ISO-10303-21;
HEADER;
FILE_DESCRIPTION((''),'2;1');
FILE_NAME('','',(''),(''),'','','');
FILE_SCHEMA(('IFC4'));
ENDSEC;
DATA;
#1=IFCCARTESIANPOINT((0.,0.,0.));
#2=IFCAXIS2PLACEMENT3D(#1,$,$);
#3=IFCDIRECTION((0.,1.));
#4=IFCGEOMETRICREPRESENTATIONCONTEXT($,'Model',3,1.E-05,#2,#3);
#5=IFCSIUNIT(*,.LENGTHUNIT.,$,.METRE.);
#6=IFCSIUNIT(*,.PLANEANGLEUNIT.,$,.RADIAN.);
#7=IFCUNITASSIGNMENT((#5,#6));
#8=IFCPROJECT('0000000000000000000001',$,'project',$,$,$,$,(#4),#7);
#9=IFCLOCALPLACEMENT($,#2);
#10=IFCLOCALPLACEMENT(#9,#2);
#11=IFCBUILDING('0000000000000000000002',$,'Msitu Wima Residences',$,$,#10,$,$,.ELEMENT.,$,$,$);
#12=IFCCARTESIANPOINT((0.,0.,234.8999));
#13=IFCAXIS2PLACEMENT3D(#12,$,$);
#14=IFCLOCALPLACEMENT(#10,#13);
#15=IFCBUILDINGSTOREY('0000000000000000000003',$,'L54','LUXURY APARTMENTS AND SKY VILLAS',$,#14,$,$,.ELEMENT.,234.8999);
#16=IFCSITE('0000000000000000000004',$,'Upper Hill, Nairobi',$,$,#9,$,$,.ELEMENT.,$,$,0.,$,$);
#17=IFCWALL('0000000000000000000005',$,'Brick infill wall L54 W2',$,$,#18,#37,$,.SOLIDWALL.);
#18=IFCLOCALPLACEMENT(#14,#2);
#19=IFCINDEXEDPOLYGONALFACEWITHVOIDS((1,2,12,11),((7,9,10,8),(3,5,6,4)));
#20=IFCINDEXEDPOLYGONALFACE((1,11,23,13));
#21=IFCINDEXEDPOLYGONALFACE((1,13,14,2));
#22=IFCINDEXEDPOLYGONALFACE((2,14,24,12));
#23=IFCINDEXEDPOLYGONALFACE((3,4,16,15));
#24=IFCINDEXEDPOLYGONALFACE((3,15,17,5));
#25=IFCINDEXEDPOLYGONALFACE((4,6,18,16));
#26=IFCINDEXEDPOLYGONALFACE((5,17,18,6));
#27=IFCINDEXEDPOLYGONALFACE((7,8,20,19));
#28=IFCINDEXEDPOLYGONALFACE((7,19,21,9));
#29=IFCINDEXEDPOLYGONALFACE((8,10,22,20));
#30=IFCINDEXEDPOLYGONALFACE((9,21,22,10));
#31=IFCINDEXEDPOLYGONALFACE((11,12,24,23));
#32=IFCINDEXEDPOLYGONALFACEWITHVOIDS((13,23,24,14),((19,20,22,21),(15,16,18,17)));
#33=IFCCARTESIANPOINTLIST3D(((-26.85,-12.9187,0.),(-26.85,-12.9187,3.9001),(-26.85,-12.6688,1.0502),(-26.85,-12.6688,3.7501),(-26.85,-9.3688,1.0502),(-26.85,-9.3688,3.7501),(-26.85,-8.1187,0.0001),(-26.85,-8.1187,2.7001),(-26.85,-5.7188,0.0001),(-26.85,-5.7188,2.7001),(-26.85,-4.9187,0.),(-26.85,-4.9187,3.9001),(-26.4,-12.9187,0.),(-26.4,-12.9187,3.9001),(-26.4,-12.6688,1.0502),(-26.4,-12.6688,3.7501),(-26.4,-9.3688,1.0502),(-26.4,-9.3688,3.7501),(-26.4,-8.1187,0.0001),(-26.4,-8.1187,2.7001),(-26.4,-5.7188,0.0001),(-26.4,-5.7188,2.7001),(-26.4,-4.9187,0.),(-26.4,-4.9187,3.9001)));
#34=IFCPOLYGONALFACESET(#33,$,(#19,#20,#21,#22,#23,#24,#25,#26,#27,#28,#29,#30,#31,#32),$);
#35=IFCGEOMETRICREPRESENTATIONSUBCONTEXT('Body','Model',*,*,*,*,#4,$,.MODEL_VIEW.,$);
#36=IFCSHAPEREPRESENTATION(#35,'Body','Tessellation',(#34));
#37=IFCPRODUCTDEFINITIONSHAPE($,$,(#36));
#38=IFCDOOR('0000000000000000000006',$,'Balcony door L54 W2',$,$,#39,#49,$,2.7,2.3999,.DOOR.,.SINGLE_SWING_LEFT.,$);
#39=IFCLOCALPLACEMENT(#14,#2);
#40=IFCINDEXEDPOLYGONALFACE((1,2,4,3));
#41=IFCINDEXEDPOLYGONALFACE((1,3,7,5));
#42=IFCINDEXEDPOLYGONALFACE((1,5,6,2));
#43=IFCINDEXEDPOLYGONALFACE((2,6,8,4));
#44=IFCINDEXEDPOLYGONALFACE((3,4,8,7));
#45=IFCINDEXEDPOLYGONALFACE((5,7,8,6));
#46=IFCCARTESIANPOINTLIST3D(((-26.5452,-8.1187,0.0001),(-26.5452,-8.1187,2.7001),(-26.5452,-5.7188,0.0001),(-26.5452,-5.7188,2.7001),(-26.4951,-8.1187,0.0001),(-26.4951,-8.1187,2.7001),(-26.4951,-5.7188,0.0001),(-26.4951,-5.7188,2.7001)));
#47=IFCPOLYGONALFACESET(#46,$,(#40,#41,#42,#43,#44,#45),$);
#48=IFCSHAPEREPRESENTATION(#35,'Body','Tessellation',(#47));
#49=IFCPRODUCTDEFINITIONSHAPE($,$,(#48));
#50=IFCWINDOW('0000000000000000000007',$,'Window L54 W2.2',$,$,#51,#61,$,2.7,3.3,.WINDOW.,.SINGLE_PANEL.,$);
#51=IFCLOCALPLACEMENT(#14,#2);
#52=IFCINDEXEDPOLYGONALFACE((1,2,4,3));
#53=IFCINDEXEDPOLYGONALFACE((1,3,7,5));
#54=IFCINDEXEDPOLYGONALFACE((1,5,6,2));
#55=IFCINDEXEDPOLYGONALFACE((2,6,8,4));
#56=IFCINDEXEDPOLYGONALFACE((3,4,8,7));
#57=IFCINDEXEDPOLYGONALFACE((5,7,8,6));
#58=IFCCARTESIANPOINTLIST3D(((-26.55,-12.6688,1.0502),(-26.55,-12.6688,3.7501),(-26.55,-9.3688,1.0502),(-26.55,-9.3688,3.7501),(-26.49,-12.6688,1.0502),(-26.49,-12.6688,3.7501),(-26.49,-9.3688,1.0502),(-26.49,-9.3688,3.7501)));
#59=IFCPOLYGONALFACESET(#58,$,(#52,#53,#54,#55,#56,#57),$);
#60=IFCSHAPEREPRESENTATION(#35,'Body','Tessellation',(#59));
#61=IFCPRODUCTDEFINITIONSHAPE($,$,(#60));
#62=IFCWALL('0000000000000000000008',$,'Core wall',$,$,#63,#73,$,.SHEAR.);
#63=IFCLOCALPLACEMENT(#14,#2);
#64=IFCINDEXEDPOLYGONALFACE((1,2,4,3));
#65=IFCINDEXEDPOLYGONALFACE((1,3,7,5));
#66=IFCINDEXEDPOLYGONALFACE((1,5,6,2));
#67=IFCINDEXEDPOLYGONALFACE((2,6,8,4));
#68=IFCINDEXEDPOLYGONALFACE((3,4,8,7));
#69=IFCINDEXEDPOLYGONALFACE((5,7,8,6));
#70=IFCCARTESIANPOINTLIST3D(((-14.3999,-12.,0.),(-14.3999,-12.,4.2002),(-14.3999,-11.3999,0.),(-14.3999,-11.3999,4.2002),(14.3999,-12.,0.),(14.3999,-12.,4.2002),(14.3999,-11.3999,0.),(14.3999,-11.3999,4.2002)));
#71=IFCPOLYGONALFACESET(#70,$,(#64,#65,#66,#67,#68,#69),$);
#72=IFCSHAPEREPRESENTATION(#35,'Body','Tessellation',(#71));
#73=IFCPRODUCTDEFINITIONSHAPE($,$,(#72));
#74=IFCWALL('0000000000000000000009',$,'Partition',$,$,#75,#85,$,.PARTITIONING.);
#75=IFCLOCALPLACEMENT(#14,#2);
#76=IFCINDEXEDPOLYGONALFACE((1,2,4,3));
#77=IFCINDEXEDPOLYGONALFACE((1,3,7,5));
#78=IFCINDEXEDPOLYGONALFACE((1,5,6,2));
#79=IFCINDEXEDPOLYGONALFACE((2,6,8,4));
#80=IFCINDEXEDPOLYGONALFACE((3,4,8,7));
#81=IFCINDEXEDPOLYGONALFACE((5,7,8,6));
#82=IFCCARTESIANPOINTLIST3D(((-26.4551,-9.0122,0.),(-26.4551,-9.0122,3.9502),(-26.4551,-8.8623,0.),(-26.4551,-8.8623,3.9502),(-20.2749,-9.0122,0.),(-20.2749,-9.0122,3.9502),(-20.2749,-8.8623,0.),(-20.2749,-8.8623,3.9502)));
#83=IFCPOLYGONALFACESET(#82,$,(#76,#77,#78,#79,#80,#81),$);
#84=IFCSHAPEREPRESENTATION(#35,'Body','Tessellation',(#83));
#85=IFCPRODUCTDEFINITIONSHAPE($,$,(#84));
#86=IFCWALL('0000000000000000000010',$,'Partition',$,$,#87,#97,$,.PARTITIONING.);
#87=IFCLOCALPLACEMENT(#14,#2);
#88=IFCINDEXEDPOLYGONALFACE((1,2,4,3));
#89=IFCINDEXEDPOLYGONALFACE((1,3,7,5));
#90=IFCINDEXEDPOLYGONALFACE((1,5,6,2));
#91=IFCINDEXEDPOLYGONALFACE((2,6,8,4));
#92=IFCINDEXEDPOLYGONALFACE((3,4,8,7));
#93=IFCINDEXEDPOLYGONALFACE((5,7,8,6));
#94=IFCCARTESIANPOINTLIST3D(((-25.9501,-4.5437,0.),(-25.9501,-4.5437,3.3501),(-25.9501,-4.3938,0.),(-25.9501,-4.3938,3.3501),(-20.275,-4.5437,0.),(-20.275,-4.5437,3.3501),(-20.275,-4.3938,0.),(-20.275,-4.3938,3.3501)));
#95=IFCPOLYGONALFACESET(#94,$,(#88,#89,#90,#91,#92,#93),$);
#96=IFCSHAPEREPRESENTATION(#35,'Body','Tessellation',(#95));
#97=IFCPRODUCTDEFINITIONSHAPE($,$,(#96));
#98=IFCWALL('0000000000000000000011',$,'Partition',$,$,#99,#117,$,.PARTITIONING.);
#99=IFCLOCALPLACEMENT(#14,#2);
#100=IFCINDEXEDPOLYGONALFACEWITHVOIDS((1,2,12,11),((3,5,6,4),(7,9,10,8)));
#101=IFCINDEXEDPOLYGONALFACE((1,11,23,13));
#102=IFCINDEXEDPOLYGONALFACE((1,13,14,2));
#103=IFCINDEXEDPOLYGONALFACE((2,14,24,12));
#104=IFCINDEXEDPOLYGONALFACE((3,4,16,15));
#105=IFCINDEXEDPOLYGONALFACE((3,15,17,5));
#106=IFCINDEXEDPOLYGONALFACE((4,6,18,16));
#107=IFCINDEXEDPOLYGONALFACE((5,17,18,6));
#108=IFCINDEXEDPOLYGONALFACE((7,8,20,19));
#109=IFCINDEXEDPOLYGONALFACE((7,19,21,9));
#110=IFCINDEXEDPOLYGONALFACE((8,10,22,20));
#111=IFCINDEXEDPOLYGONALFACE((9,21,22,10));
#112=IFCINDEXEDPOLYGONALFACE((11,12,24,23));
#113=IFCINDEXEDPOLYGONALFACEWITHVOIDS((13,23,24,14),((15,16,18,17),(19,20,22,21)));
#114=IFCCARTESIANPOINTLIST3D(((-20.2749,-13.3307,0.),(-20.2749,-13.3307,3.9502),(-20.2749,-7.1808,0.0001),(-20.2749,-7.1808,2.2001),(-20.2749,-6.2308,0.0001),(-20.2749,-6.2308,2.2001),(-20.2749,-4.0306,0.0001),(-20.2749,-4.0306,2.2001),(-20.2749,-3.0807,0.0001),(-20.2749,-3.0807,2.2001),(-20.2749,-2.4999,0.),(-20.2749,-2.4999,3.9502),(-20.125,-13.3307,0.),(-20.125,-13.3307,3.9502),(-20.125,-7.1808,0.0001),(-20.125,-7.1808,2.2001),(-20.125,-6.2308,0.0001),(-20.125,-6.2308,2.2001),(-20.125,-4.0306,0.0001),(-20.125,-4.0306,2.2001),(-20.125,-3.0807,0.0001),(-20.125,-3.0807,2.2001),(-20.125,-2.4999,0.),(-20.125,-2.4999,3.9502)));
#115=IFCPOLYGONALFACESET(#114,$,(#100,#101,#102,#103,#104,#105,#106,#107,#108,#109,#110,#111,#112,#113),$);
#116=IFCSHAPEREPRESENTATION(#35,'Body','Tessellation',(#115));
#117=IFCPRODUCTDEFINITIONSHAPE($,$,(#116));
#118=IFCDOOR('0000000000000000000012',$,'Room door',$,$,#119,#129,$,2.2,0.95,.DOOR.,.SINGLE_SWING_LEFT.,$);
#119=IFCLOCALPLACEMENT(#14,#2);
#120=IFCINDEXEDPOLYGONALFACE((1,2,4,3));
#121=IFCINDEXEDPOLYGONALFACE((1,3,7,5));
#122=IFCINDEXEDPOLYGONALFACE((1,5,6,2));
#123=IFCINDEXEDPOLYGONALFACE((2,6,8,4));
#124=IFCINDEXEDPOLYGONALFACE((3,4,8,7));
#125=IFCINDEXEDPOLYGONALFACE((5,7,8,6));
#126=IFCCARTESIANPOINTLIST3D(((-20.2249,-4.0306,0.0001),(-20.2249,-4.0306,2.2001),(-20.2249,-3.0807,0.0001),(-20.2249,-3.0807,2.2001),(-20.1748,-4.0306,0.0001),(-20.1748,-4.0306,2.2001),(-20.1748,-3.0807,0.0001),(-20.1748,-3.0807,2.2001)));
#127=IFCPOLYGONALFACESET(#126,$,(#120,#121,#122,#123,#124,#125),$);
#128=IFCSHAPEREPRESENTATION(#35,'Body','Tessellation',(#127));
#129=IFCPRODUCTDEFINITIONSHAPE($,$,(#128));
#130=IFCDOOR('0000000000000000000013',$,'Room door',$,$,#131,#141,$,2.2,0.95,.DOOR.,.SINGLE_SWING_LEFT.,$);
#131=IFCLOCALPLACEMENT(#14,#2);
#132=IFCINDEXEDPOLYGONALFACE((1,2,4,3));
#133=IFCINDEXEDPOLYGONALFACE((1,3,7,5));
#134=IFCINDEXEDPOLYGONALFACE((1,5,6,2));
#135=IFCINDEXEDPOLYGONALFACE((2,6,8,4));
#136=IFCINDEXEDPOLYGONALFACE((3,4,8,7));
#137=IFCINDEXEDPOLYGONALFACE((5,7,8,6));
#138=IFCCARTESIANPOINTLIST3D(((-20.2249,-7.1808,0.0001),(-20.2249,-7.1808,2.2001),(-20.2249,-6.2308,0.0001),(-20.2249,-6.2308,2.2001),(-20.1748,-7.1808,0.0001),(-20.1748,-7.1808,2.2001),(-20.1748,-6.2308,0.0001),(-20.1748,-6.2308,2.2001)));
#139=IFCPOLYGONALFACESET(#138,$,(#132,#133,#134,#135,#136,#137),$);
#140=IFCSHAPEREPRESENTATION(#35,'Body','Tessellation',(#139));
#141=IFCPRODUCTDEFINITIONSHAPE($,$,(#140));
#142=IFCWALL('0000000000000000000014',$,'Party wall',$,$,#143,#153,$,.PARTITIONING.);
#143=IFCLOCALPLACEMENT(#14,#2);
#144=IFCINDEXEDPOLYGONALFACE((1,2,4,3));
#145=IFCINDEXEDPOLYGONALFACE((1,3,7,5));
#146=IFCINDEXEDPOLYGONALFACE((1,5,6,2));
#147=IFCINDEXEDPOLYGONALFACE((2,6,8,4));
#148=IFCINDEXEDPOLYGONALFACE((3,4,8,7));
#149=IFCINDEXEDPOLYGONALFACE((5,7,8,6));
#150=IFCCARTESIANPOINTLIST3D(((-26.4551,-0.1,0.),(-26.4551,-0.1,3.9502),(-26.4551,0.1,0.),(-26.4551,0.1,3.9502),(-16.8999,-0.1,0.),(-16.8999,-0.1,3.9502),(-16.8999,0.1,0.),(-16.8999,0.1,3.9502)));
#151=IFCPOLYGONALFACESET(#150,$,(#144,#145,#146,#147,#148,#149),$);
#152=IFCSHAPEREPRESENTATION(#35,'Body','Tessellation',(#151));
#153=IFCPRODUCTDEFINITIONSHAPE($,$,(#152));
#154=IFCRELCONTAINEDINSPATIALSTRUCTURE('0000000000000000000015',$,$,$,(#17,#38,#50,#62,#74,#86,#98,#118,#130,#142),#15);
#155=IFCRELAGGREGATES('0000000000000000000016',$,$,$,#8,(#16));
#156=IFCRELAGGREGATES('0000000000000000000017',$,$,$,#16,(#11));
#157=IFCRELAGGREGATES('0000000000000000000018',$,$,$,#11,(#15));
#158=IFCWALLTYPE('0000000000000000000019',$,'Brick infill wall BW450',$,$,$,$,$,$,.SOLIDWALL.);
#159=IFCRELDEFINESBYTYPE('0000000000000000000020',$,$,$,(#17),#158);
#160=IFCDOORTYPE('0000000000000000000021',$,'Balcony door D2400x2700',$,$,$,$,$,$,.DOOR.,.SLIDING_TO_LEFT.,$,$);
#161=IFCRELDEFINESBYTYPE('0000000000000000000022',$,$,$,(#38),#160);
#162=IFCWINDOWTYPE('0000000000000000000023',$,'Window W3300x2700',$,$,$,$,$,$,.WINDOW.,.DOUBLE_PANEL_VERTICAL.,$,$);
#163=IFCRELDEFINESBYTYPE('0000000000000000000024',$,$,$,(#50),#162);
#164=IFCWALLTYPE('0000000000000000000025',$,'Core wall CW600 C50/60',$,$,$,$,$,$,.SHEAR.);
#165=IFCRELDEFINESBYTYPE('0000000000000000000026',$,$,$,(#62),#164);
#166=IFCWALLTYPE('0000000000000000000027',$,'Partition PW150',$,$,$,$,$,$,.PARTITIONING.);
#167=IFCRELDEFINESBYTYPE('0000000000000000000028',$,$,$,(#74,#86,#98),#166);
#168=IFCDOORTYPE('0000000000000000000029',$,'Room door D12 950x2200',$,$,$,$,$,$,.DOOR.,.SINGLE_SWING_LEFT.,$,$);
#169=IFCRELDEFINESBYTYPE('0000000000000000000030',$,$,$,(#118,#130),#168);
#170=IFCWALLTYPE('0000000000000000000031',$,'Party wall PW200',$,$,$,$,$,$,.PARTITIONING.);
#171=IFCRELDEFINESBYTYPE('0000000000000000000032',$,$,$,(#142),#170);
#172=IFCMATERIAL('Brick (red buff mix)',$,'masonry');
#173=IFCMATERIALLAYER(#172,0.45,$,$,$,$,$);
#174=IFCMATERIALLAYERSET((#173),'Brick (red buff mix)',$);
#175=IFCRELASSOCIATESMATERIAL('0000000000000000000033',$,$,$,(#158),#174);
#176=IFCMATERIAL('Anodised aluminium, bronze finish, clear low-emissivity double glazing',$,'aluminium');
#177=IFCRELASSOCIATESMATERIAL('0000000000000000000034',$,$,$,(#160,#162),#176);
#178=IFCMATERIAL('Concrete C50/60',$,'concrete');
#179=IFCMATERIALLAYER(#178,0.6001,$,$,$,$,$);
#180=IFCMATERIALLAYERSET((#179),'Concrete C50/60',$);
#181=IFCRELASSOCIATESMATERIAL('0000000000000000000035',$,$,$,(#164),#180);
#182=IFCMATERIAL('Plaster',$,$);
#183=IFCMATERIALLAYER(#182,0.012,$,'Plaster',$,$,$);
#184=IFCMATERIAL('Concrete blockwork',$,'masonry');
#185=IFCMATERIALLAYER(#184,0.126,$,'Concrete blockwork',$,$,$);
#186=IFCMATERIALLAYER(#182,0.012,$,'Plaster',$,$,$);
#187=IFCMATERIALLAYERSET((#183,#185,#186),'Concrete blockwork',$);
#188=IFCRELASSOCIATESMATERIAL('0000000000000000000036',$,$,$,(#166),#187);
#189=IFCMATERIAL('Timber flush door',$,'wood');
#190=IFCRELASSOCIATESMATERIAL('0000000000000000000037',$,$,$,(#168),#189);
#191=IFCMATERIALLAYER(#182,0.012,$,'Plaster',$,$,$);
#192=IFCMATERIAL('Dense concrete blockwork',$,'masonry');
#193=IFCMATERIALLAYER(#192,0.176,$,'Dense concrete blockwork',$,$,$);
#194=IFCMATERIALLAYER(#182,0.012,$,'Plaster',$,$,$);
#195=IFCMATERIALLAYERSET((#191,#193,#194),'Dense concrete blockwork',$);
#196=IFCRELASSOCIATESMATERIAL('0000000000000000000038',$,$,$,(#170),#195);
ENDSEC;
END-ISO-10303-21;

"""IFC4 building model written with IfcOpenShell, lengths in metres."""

from ifc_helpers import new_model, si_unit, direction, frame, frame_2d, origin, place, context, subcontext, project, spatial, rectangle, extrude, material, layer, layer_set, type_object, element, fill, save


model = new_model("IFC4")

# Units and contexts
model_context = context("Model", 3, precision=1e-05, world=origin(), true_north=direction((0.0, 1.0)))
body_context = subcontext(model_context, "Body", "Model", "MODEL_VIEW")
ifc_project = project(units=[si_unit("LENGTHUNIT", "METRE"), si_unit("PLANEANGLEUNIT", "RADIAN")], contexts=[model_context])

# Site, building, storey
site_placement = place(None, origin())
site = spatial("IfcSite", under=ifc_project, at=site_placement, Name="Upper Hill, Nairobi", CompositionType="ELEMENT", RefElevation=0.0)
building_placement = place(site_placement, origin())
building = spatial("IfcBuilding", under=site, at=building_placement, Name="Msitu Wima Residences", CompositionType="ELEMENT")
storey_placement = place(building_placement, frame((0.0, 0.0, 234.8999)))
storey = spatial("IfcBuildingStorey", under=building, at=storey_placement, Name="L54", Description="LUXURY APARTMENTS AND SKY VILLAS", CompositionType="ELEMENT", Elevation=234.8999)

# Shared definitions
ifc_material_1 = material(Name="Concrete C50/60", Category="concrete")

# Wall, openings, door, window
ifc_material_2 = material(Name="Brick (red buff mix)", Category="masonry")
ifc_layer_1 = layer(ifc_material_2, 0.45)
ifc_layer_set_1 = layer_set([ifc_layer_1], Name="Brick (red buff mix)")
wall_type_1 = type_object("IfcWallType", Name="Brick infill wall BW450", PredefinedType="SOLIDWALL", material=ifc_layer_set_1)
wall_1_placement = place(storey_placement, frame((-26.625, -4.9187, 0.0), z_axis=(0.0, 0.0, 1.0), x_axis=(0.0, -1.0, 0.0)))
wall_1 = element("IfcWall", 1, at=wall_1_placement, inside=storey, type_object=wall_type_1, Name="Brick infill wall L54 W2", PredefinedType="SOLIDWALL", context=body_context, shape_type="SweptSolid", body=[
    extrude(rectangle(XDim=8.0, YDim=0.45, at=frame_2d((4.0, 0.0))), origin(), (0.0, 0.0, 1.0), 3.9001),
])
opening_1_placement = place(wall_1_placement, frame((0.8, 0.0, 0.0)))
opening_1 = element("IfcOpeningElement", 2, at=opening_1_placement, cuts=wall_1, PredefinedType="OPENING", context=body_context, shape_type="SweptSolid", body=[
    extrude(rectangle(XDim=2.3999, YDim=2.7, at=frame_2d((1.2, 1.3501))), frame((0.0, 0.2349, 0.0), z_axis=(0.0, -1.0, 0.0), x_axis=(1.0, 0.0, 0.0)), (0.0, 0.0, 1.0), 0.47),
])
opening_2_placement = place(wall_1_placement, frame((4.4502, 0.0, 1.05)))
opening_2 = element("IfcOpeningElement", 3, at=opening_2_placement, cuts=wall_1, PredefinedType="OPENING", context=body_context, shape_type="SweptSolid", body=[
    extrude(rectangle(XDim=3.3, YDim=2.7, at=frame_2d((1.6499, 1.3501))), frame((0.0, 0.2349, 0.0), z_axis=(0.0, -1.0, 0.0), x_axis=(1.0, 0.0, 0.0)), (0.0, 0.0, 1.0), 0.47),
])
ifc_material_3 = material(Name="Anodised aluminium, bronze finish, clear low-emissivity double glazing", Category="aluminium")
door_type_1 = type_object("IfcDoorType", Name="Balcony door D2400x2700", OperationType="SLIDING_TO_LEFT", PredefinedType="DOOR", material=ifc_material_3)
door_1_placement = place(opening_1_placement, origin())
door_1 = element("IfcDoor", 4, at=door_1_placement, inside=storey, type_object=door_type_1, Name="Balcony door L54 W2", OperationType="SINGLE_SWING_LEFT", OverallHeight=2.7, OverallWidth=2.3999, PredefinedType="DOOR", context=body_context, shape_type="SweptSolid", body=[
    extrude(rectangle(XDim=2.3999, YDim=2.7, at=frame_2d((1.2, 1.3501))), frame((0.0, 0.1299, 0.0), z_axis=(0.0, -1.0, 0.0), x_axis=(1.0, 0.0, 0.0)), (0.0, 0.0, 1.0), 0.05),
])
fill(opening_1, door_1)
window_type = type_object("IfcWindowType", Name="Window W3300x2700", PartitioningType="DOUBLE_PANEL_VERTICAL", PredefinedType="WINDOW", material=ifc_material_3)
window_placement = place(opening_2_placement, origin())
window = element("IfcWindow", 5, at=window_placement, inside=storey, type_object=window_type, Name="Window L54 W2.2", OverallHeight=2.7, OverallWidth=3.3, PartitioningType="SINGLE_PANEL", PredefinedType="WINDOW", context=body_context, shape_type="SweptSolid", body=[
    extrude(rectangle(XDim=3.3, YDim=2.7, at=frame_2d((1.6499, 1.3501))), frame((0.0, 0.135, 0.0), z_axis=(0.0, -1.0, 0.0), x_axis=(1.0, 0.0, 0.0)), (0.0, 0.0, 1.0), 0.0601),
])
fill(opening_2, window)

# Wall
ifc_layer_2 = layer(ifc_material_1, 0.6001)
ifc_layer_set_2 = layer_set([ifc_layer_2], Name="Concrete C50/60")
wall_type_2 = type_object("IfcWallType", Name="Core wall CW600 C50/60", PredefinedType="SHEAR", material=ifc_layer_set_2)
wall_2_placement = place(storey_placement, frame((-14.3999, -11.7, 0.0), z_axis=(0.0, 0.0, 1.0), x_axis=(1.0, 0.0, 0.0)))
element("IfcWall", 6, at=wall_2_placement, inside=storey, type_object=wall_type_2, Name="Core wall", PredefinedType="SHEAR", context=body_context, shape_type="SweptSolid", body=[
    extrude(rectangle(XDim=28.7998, YDim=0.6001, at=frame_2d((14.3999, 0.0))), origin(), (0.0, 0.0, 1.0), 4.2002),
])

# Walls
ifc_material_4 = material(Name="Plaster")
ifc_layer_3 = layer(ifc_material_4, 0.012, Name="Plaster")
ifc_material_5 = material(Name="Concrete blockwork", Category="masonry")
ifc_layer_4 = layer(ifc_material_5, 0.126, Name="Concrete blockwork")
ifc_layer_5 = layer(ifc_material_4, 0.012, Name="Plaster")
ifc_layer_set_3 = layer_set([ifc_layer_3, ifc_layer_4, ifc_layer_5], Name="Concrete blockwork")
wall_type_3 = type_object("IfcWallType", Name="Partition PW150", PredefinedType="PARTITIONING", material=ifc_layer_set_3)
wall_3_placement = place(storey_placement, frame((-26.4551, -8.9373, 0.0), z_axis=(0.0, 0.0, 1.0), x_axis=(1.0, 0.0, 0.0)))
element("IfcWall", 7, at=wall_3_placement, inside=storey, type_object=wall_type_3, Name="Partition", PredefinedType="PARTITIONING", context=body_context, shape_type="SweptSolid", body=[
    extrude(rectangle(XDim=6.1802, YDim=0.1499, at=frame_2d((3.0901, 0.0))), origin(), (0.0, 0.0, 1.0), 3.9502),
])
wall_4_placement = place(storey_placement, frame((-25.95, -4.4688, 0.0), z_axis=(0.0, 0.0, 1.0), x_axis=(1.0, 0.0, 0.0)))
element("IfcWall", 8, at=wall_4_placement, inside=storey, type_object=wall_type_3, Name="Partition", PredefinedType="PARTITIONING", context=body_context, shape_type="SweptSolid", body=[
    extrude(rectangle(XDim=5.675, YDim=0.1499, at=frame_2d((2.8374, 0.0))), origin(), (0.0, 0.0, 1.0), 3.3501),
])

# Wall, openings, doors
wall_5_placement = place(storey_placement, frame((-20.2, -13.3308, 0.0), z_axis=(0.0, 0.0, 1.0), x_axis=(0.0, 1.0, 0.0)))
wall_5 = element("IfcWall", 9, at=wall_5_placement, inside=storey, type_object=wall_type_3, Name="Partition", PredefinedType="PARTITIONING", context=body_context, shape_type="SweptSolid", body=[
    extrude(rectangle(XDim=10.8308, YDim=0.1499, at=frame_2d((5.4155, 0.0))), origin(), (0.0, 0.0, 1.0), 3.9502),
])
opening_3_placement = place(wall_5_placement, frame((9.3, 0.0, 0.0)))
opening_3 = element("IfcOpeningElement", 10, at=opening_3_placement, cuts=wall_5, PredefinedType="OPENING", context=body_context, shape_type="SweptSolid", body=[
    extrude(rectangle(XDim=0.95, YDim=2.2, at=frame_2d((0.4751, 1.1001))), frame((0.0, 0.085, 0.0), z_axis=(0.0, -1.0, 0.0), x_axis=(1.0, 0.0, 0.0)), (0.0, 0.0, 1.0), 0.1699),
])
opening_4_placement = place(wall_5_placement, frame((6.1499, 0.0, 0.0)))
opening_4 = element("IfcOpeningElement", 11, at=opening_4_placement, cuts=wall_5, PredefinedType="OPENING", context=body_context, shape_type="SweptSolid", body=[
    extrude(rectangle(XDim=0.95, YDim=2.2, at=frame_2d((0.4751, 1.1001))), frame((0.0, 0.085, 0.0), z_axis=(0.0, -1.0, 0.0), x_axis=(1.0, 0.0, 0.0)), (0.0, 0.0, 1.0), 0.1699),
])
ifc_material_6 = material(Name="Timber flush door", Category="wood")
door_type_2 = type_object("IfcDoorType", Name="Room door D12 950x2200", OperationType="SINGLE_SWING_LEFT", PredefinedType="DOOR", material=ifc_material_6)
door_2_placement = place(opening_3_placement, origin())
door_2 = element("IfcDoor", 12, at=door_2_placement, inside=storey, type_object=door_type_2, Name="Room door", OperationType="SINGLE_SWING_LEFT", OverallHeight=2.2, OverallWidth=0.95, PredefinedType="DOOR", context=body_context, shape_type="SweptSolid", body=[
    extrude(rectangle(XDim=0.95, YDim=2.2, at=frame_2d((0.4751, 1.1001))), frame((0.0, 0.0249, 0.0), z_axis=(0.0, -1.0, 0.0), x_axis=(1.0, 0.0, 0.0)), (0.0, 0.0, 1.0), 0.05),
])
fill(opening_3, door_2)
door_3_placement = place(opening_4_placement, origin())
door_3 = element("IfcDoor", 13, at=door_3_placement, inside=storey, type_object=door_type_2, Name="Room door", OperationType="SINGLE_SWING_LEFT", OverallHeight=2.2, OverallWidth=0.95, PredefinedType="DOOR", context=body_context, shape_type="SweptSolid", body=[
    extrude(rectangle(XDim=0.95, YDim=2.2, at=frame_2d((0.4751, 1.1001))), frame((0.0, 0.0249, 0.0), z_axis=(0.0, -1.0, 0.0), x_axis=(1.0, 0.0, 0.0)), (0.0, 0.0, 1.0), 0.05),
])
fill(opening_4, door_3)

# Wall
ifc_layer_6 = layer(ifc_material_4, 0.012, Name="Plaster")
ifc_material_7 = material(Name="Dense concrete blockwork", Category="masonry")
ifc_layer_7 = layer(ifc_material_7, 0.176, Name="Dense concrete blockwork")
ifc_layer_8 = layer(ifc_material_4, 0.012, Name="Plaster")
ifc_layer_set_4 = layer_set([ifc_layer_6, ifc_layer_7, ifc_layer_8], Name="Dense concrete blockwork")
wall_type_4 = type_object("IfcWallType", Name="Party wall PW200", PredefinedType="PARTITIONING", material=ifc_layer_set_4)
wall_6_placement = place(storey_placement, frame((-26.4551, 0.0, 0.0), z_axis=(0.0, 0.0, 1.0), x_axis=(1.0, 0.0, 0.0)))
element("IfcWall", 14, at=wall_6_placement, inside=storey, type_object=wall_type_4, Name="Party wall", PredefinedType="PARTITIONING", context=body_context, shape_type="SweptSolid", body=[
    extrude(rectangle(XDim=9.5552, YDim=0.2, at=frame_2d((4.7776, 0.0))), origin(), (0.0, 0.0, 1.0), 3.9502),
])

save(model, "model.ifc")
